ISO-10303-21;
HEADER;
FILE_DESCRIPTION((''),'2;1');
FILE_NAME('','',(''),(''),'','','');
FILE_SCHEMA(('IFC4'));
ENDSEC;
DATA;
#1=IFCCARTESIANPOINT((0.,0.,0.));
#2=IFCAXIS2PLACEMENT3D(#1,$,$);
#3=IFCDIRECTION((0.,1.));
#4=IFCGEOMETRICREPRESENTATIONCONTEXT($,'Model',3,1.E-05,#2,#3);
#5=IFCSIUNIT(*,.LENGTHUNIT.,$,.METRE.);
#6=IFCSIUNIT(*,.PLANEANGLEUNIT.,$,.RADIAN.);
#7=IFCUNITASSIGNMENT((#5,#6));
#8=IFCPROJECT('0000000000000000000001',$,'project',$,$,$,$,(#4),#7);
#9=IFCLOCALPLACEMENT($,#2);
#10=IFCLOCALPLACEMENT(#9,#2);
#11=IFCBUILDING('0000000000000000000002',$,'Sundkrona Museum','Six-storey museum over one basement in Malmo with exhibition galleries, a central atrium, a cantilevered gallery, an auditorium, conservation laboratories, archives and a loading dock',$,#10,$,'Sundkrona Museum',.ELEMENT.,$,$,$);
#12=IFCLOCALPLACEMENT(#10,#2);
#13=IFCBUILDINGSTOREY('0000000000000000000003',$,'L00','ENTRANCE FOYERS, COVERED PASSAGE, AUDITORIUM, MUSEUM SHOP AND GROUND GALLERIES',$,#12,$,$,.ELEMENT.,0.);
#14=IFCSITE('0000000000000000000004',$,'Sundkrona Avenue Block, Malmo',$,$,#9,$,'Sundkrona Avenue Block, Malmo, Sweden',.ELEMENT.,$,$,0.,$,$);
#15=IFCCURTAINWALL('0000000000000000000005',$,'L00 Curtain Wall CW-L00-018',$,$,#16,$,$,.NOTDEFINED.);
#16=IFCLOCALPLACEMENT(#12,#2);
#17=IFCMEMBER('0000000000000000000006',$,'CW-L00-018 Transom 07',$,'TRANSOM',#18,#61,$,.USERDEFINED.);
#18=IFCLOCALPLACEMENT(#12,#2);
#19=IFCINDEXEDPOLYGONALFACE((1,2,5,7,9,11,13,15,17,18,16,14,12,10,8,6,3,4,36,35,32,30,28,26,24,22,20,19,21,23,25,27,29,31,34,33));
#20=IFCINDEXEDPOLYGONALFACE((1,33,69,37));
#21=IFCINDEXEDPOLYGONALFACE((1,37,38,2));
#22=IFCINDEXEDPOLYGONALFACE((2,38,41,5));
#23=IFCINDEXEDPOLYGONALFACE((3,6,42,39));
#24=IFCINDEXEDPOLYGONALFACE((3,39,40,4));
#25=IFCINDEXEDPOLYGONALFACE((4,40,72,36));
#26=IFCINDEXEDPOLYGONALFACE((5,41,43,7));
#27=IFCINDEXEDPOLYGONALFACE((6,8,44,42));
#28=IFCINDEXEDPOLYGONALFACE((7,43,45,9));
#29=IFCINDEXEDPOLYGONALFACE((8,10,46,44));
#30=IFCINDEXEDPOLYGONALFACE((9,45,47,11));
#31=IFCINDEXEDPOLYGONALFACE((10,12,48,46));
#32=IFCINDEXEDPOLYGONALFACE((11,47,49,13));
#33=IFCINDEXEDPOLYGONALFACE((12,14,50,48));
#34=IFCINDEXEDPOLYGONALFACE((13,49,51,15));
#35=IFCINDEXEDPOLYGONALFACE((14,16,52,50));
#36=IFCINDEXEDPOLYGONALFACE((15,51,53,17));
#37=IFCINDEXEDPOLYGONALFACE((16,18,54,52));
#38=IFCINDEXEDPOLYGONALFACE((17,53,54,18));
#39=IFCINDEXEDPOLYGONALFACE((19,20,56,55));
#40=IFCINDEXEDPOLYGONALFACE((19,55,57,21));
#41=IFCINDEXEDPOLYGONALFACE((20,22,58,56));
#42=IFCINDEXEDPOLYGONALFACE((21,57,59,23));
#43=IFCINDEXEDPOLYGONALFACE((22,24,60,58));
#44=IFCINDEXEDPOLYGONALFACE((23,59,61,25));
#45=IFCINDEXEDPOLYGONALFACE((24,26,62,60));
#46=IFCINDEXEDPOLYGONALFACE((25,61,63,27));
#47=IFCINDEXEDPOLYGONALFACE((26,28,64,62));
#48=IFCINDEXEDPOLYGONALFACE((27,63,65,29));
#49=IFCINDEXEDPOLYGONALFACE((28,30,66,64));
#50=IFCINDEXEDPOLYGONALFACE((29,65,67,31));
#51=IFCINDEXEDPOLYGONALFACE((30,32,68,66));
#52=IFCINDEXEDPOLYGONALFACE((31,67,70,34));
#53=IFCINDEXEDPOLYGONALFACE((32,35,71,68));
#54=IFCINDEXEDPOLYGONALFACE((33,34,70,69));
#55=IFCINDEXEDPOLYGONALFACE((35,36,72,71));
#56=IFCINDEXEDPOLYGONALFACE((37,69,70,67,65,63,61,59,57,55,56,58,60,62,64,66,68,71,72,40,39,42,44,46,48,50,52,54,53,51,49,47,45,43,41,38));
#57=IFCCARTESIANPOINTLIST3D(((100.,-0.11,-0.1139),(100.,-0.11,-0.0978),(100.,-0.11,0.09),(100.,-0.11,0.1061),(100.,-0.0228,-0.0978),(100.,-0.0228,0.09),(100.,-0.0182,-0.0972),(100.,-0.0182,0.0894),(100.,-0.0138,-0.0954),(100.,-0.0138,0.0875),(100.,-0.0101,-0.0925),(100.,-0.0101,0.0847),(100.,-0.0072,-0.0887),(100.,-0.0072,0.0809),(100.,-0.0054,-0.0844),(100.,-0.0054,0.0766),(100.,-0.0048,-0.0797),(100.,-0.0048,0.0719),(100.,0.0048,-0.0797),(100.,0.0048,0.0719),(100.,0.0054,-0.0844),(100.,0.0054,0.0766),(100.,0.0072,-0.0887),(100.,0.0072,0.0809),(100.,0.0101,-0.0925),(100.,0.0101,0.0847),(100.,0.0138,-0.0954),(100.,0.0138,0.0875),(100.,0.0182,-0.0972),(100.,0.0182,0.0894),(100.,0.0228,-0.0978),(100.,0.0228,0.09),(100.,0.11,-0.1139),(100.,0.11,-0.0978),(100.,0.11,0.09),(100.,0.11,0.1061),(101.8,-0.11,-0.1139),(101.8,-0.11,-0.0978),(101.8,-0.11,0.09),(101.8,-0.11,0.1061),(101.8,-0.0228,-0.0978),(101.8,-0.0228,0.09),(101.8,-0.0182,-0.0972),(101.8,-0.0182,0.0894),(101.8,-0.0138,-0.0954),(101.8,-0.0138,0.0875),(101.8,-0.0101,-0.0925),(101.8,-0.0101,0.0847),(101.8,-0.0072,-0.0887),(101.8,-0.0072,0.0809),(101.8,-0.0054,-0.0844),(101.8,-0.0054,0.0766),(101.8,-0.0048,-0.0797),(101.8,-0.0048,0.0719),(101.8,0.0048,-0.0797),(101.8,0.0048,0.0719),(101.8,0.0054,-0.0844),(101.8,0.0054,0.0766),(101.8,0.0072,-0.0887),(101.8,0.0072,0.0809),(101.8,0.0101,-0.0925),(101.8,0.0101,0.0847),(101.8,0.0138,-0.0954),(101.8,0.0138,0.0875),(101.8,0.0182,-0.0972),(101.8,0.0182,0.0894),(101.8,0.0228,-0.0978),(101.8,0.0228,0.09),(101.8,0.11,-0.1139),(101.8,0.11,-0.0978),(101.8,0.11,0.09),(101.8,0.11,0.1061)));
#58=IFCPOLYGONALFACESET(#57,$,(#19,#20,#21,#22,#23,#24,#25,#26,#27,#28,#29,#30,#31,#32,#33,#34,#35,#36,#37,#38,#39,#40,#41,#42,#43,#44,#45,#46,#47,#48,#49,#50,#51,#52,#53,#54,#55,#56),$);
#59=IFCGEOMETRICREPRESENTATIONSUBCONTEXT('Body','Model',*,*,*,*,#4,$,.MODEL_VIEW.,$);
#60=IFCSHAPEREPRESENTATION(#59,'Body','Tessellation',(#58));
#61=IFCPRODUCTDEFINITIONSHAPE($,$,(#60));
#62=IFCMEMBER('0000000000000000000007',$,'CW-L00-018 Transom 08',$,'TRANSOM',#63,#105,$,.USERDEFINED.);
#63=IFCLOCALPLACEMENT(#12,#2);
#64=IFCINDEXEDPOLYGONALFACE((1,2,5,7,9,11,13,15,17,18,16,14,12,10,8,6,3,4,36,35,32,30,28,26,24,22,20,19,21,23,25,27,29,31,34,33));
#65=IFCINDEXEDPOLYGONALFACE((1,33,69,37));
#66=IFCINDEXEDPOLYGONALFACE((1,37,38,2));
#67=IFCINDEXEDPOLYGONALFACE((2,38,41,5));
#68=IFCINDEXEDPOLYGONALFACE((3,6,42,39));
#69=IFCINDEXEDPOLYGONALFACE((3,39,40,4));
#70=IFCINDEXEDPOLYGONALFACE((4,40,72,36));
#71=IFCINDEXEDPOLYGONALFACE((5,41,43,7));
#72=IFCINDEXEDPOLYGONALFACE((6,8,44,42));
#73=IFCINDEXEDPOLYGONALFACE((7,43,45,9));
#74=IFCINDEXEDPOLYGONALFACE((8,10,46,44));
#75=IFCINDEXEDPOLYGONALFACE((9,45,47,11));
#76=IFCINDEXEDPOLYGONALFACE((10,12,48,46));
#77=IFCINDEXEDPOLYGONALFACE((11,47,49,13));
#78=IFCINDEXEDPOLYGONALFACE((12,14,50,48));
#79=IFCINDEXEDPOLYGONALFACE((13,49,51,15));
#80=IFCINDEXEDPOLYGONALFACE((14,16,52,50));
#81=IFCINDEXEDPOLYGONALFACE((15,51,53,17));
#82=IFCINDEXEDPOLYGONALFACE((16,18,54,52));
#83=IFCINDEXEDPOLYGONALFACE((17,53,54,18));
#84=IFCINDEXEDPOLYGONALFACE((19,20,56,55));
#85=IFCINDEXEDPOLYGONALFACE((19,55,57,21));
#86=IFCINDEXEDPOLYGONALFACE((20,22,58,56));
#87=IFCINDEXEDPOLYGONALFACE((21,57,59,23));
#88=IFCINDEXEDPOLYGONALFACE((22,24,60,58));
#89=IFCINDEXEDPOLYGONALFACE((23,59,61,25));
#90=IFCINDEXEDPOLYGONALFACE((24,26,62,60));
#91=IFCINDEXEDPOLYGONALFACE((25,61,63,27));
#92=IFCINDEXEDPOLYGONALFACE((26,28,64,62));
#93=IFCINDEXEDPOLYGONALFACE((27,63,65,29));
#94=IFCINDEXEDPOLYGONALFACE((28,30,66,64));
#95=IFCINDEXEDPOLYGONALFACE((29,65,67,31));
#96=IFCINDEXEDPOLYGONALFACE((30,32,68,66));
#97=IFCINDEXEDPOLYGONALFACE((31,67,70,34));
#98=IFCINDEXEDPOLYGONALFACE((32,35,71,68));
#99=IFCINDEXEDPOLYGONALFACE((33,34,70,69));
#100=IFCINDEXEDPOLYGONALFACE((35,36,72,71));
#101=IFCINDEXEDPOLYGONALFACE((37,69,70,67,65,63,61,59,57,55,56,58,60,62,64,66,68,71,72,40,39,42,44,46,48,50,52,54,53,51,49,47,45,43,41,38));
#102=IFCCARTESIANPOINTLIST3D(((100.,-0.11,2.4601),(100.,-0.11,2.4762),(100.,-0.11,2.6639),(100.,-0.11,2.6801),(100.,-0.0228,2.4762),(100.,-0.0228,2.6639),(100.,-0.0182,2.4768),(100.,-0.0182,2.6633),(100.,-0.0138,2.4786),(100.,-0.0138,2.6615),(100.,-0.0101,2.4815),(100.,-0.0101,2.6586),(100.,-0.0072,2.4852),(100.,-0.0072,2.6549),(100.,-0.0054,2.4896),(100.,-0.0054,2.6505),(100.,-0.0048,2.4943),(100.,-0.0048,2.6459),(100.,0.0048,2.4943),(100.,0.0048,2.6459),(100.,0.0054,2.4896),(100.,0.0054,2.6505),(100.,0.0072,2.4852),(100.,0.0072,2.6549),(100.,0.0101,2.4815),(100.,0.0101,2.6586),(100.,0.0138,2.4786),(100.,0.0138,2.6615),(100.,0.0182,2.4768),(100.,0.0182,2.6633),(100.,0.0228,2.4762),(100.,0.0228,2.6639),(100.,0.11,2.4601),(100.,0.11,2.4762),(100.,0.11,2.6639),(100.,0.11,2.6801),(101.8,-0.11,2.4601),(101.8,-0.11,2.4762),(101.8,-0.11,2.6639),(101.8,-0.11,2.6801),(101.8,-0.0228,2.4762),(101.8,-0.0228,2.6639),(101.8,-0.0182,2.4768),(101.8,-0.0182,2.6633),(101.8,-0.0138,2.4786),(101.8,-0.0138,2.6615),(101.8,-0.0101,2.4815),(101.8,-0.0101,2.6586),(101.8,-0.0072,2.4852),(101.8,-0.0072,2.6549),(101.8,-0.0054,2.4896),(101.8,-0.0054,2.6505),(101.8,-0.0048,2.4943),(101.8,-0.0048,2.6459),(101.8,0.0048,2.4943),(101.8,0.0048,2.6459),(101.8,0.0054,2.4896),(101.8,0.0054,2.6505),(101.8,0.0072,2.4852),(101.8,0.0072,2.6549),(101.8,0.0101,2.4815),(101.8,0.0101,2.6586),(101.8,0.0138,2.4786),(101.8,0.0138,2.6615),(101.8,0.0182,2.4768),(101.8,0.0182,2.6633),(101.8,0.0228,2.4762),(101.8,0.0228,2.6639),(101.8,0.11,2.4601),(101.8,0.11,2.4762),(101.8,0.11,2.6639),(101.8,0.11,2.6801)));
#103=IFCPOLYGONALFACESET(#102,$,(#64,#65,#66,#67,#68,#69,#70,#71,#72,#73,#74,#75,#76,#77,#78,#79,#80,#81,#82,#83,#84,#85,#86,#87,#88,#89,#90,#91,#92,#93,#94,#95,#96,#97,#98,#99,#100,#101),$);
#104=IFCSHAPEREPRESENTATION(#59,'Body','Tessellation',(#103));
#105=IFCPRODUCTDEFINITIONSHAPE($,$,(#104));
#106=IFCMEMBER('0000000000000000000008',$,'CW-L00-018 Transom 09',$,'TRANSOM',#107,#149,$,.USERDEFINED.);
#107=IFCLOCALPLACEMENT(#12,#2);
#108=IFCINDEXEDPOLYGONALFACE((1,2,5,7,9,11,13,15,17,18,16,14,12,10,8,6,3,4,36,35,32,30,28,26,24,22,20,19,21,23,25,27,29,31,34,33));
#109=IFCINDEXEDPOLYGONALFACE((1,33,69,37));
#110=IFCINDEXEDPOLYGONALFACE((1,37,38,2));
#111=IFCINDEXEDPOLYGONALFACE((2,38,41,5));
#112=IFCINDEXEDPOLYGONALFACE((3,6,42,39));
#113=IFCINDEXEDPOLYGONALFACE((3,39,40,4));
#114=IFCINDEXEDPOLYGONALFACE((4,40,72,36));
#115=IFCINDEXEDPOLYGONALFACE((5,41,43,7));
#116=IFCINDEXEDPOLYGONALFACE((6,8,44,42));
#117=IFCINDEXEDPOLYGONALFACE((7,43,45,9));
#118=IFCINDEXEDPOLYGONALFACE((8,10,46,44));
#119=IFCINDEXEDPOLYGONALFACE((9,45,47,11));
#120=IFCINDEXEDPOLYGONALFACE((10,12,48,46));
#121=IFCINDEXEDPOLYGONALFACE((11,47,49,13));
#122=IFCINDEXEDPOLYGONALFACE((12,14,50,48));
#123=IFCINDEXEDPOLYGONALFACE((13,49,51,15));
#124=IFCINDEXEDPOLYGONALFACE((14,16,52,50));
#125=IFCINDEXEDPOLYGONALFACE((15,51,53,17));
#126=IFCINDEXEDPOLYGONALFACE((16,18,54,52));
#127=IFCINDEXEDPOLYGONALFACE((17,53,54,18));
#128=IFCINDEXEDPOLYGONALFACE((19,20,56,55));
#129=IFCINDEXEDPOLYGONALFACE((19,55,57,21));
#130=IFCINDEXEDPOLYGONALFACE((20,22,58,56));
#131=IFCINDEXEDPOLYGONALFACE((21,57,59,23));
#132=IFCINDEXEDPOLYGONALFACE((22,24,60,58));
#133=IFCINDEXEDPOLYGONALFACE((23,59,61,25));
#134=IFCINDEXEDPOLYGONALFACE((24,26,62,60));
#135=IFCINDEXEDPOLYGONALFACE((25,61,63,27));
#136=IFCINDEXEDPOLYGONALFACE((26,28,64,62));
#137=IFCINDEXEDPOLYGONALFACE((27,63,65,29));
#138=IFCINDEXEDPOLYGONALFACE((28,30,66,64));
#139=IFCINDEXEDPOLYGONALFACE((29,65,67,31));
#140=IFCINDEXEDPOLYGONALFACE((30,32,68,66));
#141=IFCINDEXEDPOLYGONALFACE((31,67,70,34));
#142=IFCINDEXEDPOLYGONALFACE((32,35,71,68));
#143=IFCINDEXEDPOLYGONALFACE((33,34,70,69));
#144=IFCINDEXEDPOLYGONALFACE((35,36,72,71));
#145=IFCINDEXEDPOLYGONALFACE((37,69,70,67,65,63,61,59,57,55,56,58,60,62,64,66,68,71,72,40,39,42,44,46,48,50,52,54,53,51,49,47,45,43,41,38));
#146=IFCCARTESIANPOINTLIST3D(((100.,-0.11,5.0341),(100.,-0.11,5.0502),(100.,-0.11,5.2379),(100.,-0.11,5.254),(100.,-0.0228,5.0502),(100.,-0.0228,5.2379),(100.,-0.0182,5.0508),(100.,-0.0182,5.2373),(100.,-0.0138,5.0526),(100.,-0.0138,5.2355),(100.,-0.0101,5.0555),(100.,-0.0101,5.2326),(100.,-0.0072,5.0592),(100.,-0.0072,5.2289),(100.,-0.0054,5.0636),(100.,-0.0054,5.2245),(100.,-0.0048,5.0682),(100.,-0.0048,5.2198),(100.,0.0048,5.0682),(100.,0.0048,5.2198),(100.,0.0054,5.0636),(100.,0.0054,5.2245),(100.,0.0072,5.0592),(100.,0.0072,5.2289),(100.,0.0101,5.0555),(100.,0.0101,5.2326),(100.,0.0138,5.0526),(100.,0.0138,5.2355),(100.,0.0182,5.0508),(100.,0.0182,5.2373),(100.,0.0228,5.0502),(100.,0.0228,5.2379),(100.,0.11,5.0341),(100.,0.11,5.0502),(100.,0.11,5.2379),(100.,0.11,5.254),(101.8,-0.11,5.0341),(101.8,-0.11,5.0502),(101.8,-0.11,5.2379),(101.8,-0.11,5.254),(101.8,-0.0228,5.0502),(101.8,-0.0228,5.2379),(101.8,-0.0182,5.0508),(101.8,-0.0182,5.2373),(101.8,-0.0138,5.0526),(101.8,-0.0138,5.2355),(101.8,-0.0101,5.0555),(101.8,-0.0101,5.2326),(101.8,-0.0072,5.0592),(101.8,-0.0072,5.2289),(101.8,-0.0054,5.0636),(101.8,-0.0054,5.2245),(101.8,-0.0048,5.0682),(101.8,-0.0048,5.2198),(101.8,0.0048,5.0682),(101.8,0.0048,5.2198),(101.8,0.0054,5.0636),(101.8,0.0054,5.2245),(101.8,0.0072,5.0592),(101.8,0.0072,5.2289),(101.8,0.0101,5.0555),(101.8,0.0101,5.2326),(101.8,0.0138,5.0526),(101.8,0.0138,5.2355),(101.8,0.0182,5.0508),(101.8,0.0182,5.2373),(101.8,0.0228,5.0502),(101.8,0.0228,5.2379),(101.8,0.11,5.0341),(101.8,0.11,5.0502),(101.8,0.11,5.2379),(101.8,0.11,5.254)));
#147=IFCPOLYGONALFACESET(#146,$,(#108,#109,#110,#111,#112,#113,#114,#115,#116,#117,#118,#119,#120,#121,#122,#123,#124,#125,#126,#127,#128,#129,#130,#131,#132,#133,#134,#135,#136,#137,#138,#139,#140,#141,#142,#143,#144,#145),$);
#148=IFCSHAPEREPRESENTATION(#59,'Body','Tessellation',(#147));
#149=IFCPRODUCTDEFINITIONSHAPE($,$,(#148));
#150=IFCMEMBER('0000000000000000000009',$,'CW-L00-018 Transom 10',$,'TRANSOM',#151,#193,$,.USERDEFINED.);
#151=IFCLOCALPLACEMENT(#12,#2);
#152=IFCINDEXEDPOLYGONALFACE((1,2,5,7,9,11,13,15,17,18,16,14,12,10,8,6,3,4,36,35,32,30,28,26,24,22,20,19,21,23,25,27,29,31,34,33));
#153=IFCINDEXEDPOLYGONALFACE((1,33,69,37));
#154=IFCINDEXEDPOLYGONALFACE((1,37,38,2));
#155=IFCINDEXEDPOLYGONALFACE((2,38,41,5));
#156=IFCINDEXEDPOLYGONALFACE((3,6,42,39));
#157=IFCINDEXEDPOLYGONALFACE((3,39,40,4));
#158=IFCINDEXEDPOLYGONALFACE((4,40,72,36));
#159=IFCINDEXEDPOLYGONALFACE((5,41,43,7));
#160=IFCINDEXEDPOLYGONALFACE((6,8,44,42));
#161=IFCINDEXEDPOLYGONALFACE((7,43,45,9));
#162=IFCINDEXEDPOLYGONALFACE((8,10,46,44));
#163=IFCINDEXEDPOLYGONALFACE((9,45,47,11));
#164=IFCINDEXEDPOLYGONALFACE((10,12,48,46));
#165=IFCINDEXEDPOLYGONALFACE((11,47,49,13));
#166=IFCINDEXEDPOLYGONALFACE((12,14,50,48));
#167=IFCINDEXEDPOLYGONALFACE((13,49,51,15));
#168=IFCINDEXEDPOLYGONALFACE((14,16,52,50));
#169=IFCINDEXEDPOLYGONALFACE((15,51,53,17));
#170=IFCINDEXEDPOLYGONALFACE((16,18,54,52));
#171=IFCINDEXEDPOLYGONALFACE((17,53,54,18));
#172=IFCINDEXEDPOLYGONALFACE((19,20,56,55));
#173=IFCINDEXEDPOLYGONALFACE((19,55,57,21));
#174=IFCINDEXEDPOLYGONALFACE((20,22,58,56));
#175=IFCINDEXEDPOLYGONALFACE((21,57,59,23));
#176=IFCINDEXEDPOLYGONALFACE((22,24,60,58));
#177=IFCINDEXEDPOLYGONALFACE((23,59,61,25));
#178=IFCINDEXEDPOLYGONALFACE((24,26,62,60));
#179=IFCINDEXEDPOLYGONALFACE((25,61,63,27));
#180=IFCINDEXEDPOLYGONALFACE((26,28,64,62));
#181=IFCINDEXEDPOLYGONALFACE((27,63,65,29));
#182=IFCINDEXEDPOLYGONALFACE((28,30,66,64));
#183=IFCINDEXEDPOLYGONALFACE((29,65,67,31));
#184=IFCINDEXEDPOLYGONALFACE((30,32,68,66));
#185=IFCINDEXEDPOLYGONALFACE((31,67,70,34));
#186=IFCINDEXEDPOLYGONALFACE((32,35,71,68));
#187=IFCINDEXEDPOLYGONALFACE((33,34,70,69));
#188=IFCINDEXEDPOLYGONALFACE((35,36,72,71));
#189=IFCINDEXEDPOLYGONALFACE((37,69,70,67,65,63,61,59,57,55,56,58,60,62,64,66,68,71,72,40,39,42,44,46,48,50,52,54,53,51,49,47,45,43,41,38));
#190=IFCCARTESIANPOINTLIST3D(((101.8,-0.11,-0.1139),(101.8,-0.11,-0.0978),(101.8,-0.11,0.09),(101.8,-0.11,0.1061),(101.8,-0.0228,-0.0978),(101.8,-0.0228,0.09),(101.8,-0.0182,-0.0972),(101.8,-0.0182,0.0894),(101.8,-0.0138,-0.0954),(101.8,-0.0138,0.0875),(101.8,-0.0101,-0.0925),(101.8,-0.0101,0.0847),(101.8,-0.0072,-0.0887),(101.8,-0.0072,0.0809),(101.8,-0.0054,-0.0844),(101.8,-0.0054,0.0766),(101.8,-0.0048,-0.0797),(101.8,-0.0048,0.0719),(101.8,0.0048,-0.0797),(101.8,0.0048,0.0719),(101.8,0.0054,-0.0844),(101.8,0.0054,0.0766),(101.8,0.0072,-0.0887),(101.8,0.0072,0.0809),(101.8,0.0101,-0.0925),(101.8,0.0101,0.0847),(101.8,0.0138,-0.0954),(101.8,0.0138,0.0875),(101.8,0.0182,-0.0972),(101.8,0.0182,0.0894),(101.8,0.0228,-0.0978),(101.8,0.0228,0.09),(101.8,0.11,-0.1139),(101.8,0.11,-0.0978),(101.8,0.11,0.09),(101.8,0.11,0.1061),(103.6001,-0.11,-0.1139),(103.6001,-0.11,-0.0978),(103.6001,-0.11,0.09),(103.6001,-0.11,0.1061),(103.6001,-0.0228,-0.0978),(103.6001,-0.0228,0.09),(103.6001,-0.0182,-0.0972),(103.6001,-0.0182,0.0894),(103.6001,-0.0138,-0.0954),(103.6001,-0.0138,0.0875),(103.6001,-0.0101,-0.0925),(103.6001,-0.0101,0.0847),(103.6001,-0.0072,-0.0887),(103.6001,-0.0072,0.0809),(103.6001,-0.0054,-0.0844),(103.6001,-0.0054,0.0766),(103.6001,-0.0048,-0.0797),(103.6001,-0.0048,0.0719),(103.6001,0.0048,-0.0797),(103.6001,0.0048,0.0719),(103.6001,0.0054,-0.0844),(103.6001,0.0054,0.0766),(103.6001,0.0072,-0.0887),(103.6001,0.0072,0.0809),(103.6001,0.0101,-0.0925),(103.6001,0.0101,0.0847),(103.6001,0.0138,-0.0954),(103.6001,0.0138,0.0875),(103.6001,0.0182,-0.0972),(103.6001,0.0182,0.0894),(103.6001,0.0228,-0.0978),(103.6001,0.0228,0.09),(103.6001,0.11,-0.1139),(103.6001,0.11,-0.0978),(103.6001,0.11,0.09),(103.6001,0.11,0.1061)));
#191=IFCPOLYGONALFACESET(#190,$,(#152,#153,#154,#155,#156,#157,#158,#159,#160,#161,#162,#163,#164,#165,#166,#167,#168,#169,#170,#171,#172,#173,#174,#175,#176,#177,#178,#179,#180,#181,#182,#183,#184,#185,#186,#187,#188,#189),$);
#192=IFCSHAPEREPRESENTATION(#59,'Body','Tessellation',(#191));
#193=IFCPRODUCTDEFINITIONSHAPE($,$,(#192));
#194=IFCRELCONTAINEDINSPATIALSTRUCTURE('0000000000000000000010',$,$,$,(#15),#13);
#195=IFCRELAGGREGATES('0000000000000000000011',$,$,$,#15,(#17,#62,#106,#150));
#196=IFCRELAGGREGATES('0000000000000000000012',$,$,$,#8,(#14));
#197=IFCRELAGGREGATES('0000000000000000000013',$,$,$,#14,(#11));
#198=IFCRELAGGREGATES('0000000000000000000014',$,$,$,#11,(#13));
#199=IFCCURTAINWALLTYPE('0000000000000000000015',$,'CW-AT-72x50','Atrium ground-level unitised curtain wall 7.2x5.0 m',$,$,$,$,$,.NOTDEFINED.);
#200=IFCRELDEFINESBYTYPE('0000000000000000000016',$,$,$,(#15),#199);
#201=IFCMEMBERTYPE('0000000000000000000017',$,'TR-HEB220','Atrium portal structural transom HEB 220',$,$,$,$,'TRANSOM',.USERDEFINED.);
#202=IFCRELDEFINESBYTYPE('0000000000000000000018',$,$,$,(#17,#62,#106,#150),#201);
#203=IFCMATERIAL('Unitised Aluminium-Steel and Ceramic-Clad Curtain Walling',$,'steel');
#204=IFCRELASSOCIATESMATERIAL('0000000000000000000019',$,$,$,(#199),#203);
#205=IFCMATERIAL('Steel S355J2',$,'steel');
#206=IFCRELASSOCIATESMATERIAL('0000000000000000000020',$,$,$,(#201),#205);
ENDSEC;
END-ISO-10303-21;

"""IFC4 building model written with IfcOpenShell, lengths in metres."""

from ifc_helpers import new_model, si_unit, direction, frame, origin, origin_2d, place, context, subcontext, project, spatial, i_section, extrude, material, material_profile, profile_set, type_object, element, aggregate, save


model = new_model("IFC4")

# Units and contexts
model_context = context("Model", 3, precision=1e-05, world=origin(), true_north=direction((0.0, 1.0)))
body_context = subcontext(model_context, "Body", "Model", "MODEL_VIEW")
ifc_project = project(units=[si_unit("LENGTHUNIT", "METRE"), si_unit("PLANEANGLEUNIT", "RADIAN")], contexts=[model_context])

# Site, building, storey
site_placement = place(None, origin())
site = spatial("IfcSite", under=ifc_project, at=site_placement, Name="Sundkrona Avenue Block, Malmo", LongName="Sundkrona Avenue Block, Malmo, Sweden", CompositionType="ELEMENT", RefElevation=0.0)
building_placement = place(site_placement, origin())
building = spatial("IfcBuilding", under=site, at=building_placement, Name="Sundkrona Museum", Description="Six-storey museum over one basement in Malmo with exhibition galleries, a central atrium, a cantilevered gallery, an auditorium, conservation laboratories, archives and a loading dock", LongName="Sundkrona Museum", CompositionType="ELEMENT")
storey_placement = place(building_placement, origin())
storey = spatial("IfcBuildingStorey", under=building, at=storey_placement, Name="L00", Description="ENTRANCE FOYERS, COVERED PASSAGE, AUDITORIUM, MUSEUM SHOP AND GROUND GALLERIES", CompositionType="ELEMENT", Elevation=0.0)

# Curtain wall, members
ifc_material_1 = material(Name="Unitised Aluminium-Steel and Ceramic-Clad Curtain Walling", Category="steel")
curtain_wall_type = type_object("IfcCurtainWallType", Name="CW-AT-72x50", Description="Atrium ground-level unitised curtain wall 7.2x5.0 m", PredefinedType="NOTDEFINED", material=ifc_material_1)
curtain_wall_placement = place(storey_placement, origin())
curtain_wall = element("IfcCurtainWall", 1, at=curtain_wall_placement, inside=storey, type_object=curtain_wall_type, Name="L00 Curtain Wall CW-L00-018", PredefinedType="NOTDEFINED")
ifc_material_2 = material(Name="Steel S355J2", Category="steel")
ifc_material_profile_1 = material_profile(ifc_material_2, i_section(OverallWidth=0.22, OverallDepth=0.22, WebThickness=0.0095, FlangeThickness=0.0161, FilletRadius=0.0181, at=origin_2d()), Name="HEB 220")
ifc_profile_set_1 = profile_set([ifc_material_profile_1], Name="Steel S355J2")
member_type_1 = type_object("IfcMemberType", Name="TR-HEB220", Description="Atrium portal structural transom HEB 220", ElementType="TRANSOM", PredefinedType="USERDEFINED", material=ifc_profile_set_1)
member_1_placement = place(storey_placement, frame((100.0, 0.0, -0.0039), z_axis=(1.0, 0.0, 0.0), x_axis=(0.0, 1.0, 0.0)))
member_1 = element("IfcMember", 2, at=member_1_placement, type_object=member_type_1, Name="CW-L00-018 Transom 07", ObjectType="TRANSOM", PredefinedType="USERDEFINED", context=body_context, shape_type="SweptSolid", body=[
    extrude(i_section(OverallWidth=0.22, OverallDepth=0.22, WebThickness=0.0095, FlangeThickness=0.0161, FilletRadius=0.0181, at=origin_2d()), origin(), (0.0, 0.0, 1.0), 1.8),
])
member_2_placement = place(storey_placement, frame((100.0, 0.0, 2.5701), z_axis=(1.0, 0.0, 0.0), x_axis=(0.0, 1.0, 0.0)))
member_2 = element("IfcMember", 3, at=member_2_placement, type_object=member_type_1, Name="CW-L00-018 Transom 08", ObjectType="TRANSOM", PredefinedType="USERDEFINED", context=body_context, shape_type="SweptSolid", body=[
    extrude(i_section(OverallWidth=0.22, OverallDepth=0.22, WebThickness=0.0095, FlangeThickness=0.0161, FilletRadius=0.0181, at=origin_2d()), origin(), (0.0, 0.0, 1.0), 1.8),
])
member_3_placement = place(storey_placement, frame((100.0, 0.0, 5.144), z_axis=(1.0, 0.0, 0.0), x_axis=(0.0, 1.0, 0.0)))
member_3 = element("IfcMember", 4, at=member_3_placement, type_object=member_type_1, Name="CW-L00-018 Transom 09", ObjectType="TRANSOM", PredefinedType="USERDEFINED", context=body_context, shape_type="SweptSolid", body=[
    extrude(i_section(OverallWidth=0.22, OverallDepth=0.22, WebThickness=0.0095, FlangeThickness=0.0161, FilletRadius=0.0181, at=origin_2d()), origin(), (0.0, 0.0, 1.0), 1.8),
])
member_4_placement = place(storey_placement, frame((101.8, 0.0, -0.0039), z_axis=(1.0, 0.0, 0.0), x_axis=(0.0, 1.0, 0.0)))
member_4 = element("IfcMember", 5, at=member_4_placement, type_object=member_type_1, Name="CW-L00-018 Transom 10", ObjectType="TRANSOM", PredefinedType="USERDEFINED", context=body_context, shape_type="SweptSolid", body=[
    extrude(i_section(OverallWidth=0.22, OverallDepth=0.22, WebThickness=0.0095, FlangeThickness=0.0161, FilletRadius=0.0181, at=origin_2d()), origin(), (0.0, 0.0, 1.0), 1.8),
])
aggregate(curtain_wall, [member_1, member_2, member_3, member_4])

save(model, "model.ifc")
